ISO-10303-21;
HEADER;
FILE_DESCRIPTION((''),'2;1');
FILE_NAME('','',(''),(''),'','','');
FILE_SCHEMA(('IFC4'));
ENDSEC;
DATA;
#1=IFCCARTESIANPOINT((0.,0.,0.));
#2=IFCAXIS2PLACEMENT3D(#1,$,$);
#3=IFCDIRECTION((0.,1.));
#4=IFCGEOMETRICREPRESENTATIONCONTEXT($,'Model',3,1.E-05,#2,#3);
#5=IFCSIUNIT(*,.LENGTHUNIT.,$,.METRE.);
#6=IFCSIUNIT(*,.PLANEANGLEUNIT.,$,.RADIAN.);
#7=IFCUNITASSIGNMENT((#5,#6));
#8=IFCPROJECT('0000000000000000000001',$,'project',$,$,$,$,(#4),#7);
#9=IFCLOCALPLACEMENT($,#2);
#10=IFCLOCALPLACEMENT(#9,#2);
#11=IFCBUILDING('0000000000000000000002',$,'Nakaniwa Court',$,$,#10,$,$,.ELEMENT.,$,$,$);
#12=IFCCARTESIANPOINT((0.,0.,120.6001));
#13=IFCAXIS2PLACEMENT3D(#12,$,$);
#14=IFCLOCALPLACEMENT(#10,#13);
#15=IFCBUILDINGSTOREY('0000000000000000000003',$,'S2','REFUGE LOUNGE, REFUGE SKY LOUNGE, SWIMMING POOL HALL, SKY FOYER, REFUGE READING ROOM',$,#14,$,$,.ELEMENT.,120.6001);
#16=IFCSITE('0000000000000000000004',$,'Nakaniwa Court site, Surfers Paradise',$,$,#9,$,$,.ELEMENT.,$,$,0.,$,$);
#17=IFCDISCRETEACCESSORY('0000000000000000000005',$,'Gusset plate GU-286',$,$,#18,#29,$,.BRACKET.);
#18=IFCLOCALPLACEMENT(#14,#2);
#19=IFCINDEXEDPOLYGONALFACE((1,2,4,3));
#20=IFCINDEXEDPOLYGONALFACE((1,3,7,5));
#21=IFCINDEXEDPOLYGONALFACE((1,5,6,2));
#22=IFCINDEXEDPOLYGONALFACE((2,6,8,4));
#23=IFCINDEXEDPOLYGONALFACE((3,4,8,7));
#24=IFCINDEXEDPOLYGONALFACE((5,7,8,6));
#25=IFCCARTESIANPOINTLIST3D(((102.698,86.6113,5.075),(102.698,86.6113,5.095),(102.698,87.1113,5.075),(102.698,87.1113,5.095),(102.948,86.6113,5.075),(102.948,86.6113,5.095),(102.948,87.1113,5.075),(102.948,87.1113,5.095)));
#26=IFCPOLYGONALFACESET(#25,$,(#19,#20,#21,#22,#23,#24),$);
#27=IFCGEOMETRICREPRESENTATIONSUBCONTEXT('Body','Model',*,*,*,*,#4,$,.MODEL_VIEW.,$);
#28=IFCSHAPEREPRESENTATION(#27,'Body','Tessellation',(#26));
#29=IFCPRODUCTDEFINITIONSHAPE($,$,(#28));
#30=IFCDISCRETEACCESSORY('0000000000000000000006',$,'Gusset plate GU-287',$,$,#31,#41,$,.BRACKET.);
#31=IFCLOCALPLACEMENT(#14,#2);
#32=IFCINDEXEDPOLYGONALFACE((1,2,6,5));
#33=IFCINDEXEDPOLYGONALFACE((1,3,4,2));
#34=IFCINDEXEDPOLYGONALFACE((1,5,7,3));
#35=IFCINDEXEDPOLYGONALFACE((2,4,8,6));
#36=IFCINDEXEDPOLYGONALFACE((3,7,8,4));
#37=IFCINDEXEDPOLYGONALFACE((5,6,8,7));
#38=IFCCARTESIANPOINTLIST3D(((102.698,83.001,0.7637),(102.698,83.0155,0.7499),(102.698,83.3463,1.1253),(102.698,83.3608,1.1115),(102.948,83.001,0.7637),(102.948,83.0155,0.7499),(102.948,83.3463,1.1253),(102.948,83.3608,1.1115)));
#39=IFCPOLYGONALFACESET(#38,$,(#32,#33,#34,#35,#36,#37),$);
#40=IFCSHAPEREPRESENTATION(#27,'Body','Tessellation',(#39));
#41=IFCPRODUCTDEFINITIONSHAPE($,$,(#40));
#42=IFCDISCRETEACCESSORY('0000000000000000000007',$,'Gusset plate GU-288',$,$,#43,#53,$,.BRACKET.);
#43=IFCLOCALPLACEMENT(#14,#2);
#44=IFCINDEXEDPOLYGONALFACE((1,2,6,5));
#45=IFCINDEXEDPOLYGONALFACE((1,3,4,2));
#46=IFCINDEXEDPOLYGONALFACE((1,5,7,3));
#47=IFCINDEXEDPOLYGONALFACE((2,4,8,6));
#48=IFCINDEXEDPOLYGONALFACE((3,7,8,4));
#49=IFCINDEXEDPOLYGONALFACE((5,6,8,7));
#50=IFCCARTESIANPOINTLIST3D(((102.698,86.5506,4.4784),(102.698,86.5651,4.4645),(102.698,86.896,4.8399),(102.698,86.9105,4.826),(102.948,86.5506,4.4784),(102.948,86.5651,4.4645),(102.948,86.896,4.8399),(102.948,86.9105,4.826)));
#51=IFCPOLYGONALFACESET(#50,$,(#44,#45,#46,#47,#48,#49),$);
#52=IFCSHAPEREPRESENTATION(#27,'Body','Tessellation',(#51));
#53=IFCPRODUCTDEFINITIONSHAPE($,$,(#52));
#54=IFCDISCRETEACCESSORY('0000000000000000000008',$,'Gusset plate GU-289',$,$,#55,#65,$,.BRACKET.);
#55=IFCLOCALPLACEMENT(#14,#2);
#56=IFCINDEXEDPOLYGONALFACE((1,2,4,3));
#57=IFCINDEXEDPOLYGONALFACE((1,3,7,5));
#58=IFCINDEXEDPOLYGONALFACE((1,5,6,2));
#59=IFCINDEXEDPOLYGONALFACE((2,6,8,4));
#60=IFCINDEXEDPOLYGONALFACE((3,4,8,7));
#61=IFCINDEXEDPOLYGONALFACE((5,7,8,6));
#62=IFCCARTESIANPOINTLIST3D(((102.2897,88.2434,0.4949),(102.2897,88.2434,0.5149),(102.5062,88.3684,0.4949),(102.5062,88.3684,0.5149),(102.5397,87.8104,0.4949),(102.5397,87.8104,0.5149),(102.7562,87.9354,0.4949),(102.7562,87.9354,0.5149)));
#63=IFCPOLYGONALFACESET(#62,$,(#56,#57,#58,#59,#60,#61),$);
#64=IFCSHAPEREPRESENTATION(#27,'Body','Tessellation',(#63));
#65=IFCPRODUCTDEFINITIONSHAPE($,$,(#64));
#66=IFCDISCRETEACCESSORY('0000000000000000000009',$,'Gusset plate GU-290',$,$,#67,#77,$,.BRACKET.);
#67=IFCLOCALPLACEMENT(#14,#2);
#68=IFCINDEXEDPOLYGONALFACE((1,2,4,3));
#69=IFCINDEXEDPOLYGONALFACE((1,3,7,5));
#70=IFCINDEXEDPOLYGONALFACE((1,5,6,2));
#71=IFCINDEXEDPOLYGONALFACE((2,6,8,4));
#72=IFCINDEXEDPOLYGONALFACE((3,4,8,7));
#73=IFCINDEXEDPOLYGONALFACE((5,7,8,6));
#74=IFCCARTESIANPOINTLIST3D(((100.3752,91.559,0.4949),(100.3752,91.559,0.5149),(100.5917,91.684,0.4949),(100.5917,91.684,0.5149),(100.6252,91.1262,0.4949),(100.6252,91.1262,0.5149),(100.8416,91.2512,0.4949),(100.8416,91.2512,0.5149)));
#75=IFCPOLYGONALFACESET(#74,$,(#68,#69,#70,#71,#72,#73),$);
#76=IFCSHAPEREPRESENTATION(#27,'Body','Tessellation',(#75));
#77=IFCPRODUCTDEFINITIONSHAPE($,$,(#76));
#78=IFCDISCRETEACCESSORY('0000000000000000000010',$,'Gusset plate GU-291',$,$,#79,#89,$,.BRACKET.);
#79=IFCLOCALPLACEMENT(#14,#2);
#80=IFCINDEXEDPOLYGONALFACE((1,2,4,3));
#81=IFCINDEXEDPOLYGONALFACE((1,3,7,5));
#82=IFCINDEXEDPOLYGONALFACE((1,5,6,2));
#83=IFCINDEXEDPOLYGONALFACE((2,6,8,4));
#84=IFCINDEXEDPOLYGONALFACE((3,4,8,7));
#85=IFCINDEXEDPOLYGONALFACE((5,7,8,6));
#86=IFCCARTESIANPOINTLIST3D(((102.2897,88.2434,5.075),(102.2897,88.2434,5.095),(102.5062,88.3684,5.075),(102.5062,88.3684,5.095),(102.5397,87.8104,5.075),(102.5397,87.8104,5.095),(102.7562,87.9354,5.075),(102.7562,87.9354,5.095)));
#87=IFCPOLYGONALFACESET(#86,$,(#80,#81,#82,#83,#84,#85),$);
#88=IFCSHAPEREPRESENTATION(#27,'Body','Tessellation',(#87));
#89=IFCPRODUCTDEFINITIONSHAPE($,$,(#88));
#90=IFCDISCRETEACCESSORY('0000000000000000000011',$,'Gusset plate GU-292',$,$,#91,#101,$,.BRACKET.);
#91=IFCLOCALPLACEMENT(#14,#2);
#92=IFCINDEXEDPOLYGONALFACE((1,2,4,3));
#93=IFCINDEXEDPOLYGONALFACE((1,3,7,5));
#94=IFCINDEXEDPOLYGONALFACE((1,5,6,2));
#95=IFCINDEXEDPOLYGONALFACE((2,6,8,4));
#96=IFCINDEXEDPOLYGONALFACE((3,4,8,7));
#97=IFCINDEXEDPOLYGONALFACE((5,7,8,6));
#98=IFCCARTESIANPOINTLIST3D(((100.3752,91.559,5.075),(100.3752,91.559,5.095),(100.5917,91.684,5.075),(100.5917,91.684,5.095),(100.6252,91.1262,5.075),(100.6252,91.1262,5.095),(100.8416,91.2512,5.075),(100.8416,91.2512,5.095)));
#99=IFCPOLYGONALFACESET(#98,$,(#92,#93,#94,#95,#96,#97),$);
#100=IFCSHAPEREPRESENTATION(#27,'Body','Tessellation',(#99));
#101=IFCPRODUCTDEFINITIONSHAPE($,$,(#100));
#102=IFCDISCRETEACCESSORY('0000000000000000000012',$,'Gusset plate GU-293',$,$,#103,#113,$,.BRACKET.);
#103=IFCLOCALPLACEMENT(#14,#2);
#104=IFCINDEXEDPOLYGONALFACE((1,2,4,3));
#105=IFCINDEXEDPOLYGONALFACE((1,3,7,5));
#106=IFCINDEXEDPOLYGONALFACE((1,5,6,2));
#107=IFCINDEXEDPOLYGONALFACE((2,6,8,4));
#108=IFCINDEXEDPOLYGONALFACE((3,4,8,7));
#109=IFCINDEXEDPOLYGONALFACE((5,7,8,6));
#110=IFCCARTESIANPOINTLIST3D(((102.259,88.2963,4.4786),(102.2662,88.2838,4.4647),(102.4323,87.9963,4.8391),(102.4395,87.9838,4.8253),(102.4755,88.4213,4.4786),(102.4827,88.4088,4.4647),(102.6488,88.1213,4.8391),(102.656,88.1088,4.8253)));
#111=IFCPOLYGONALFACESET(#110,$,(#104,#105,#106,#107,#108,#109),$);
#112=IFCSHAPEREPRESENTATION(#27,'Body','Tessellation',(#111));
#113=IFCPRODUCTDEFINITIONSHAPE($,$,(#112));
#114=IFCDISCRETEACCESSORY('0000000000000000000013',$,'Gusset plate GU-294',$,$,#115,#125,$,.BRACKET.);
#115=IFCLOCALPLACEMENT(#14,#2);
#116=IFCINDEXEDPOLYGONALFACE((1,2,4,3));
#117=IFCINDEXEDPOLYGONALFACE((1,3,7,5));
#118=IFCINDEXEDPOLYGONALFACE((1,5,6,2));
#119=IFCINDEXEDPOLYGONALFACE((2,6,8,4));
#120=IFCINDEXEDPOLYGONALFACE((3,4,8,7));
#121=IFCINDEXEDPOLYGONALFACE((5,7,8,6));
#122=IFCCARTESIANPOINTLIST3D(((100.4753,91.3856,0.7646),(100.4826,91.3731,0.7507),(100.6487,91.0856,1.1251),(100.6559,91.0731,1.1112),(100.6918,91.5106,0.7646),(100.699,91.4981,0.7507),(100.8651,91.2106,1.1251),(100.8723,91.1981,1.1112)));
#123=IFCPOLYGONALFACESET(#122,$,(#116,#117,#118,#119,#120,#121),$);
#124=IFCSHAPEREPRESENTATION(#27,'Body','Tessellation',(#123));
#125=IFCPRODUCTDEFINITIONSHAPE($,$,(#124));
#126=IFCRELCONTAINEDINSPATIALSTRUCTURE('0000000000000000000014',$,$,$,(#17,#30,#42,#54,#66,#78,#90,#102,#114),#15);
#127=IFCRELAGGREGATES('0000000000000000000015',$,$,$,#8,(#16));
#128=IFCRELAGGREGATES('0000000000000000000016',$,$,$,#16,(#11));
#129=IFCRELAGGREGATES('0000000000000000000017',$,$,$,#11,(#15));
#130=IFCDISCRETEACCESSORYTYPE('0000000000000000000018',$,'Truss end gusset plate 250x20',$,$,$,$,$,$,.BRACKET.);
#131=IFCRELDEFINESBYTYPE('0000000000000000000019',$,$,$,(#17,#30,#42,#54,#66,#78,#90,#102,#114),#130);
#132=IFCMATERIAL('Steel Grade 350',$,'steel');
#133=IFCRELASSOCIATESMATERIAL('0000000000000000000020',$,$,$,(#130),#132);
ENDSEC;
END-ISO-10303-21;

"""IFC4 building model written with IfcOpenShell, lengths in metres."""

from ifc_helpers import new_model, si_unit, direction, frame, origin, origin_2d, place, context, subcontext, project, spatial, rectangle, extrude, material, material_profile, profile_set, type_object, element, save


model = new_model("IFC4")

# Units and contexts
model_context = context("Model", 3, precision=1e-05, world=origin(), true_north=direction((0.0, 1.0)))
body_context = subcontext(model_context, "Body", "Model", "MODEL_VIEW")
ifc_project = project(units=[si_unit("LENGTHUNIT", "METRE"), si_unit("PLANEANGLEUNIT", "RADIAN")], contexts=[model_context])

# Site, building, storey
site_placement = place(None, origin())
site = spatial("IfcSite", under=ifc_project, at=site_placement, Name="Nakaniwa Court site, Surfers Paradise", CompositionType="ELEMENT", RefElevation=0.0)
building_placement = place(site_placement, origin())
building = spatial("IfcBuilding", under=site, at=building_placement, Name="Nakaniwa Court", CompositionType="ELEMENT")
storey_placement = place(building_placement, frame((0.0, 0.0, 120.6001)))
storey = spatial("IfcBuildingStorey", under=building, at=storey_placement, Name="S2", Description="REFUGE LOUNGE, REFUGE SKY LOUNGE, SWIMMING POOL HALL, SKY FOYER, REFUGE READING ROOM", CompositionType="ELEMENT", Elevation=120.6001)

# Shared definitions
ifc_material_1 = material(Name="Steel Grade 350", Category="steel")

# Discrete accessories
ifc_material_profile_1 = material_profile(ifc_material_1, rectangle(XDim=0.25, YDim=0.02, at=origin_2d()), Name="Truss end gusset plate 250x20")
ifc_profile_set_1 = profile_set([ifc_material_profile_1], Name="Steel Grade 350")
discrete_accessory_type = type_object("IfcDiscreteAccessoryType", Name="Truss end gusset plate 250x20", PredefinedType="BRACKET", material=ifc_profile_set_1)
for number, where, z_axis, x_axis, name in (
    (1, (102.823, 86.6113, 5.085), (0.0, 1.0, 0.0), (-1.0, 0.0, 0.0), "Gusset plate GU-286"),
    (2, (102.823, 83.3535, 1.1184), (0.0, -0.690557, -0.723278), (1.0, 0.0, 0.0), "Gusset plate GU-287"),
    (3, (102.823, 86.5579, 4.4714), (0.0, 0.690812, 0.723034), (-1.0, 0.0, 0.0), "Gusset plate GU-288"),
    (4, (102.3979, 88.3059, 0.5049), (0.49992, -0.866072, 0.0), (0.866072, 0.49992, 0.0), "Gusset plate GU-289"),
):
    element("IfcDiscreteAccessory", number, at=place(storey_placement, frame(where, z_axis=z_axis, x_axis=x_axis)), inside=storey, type_object=discrete_accessory_type, Name=name, PredefinedType="BRACKET", context=body_context, shape_type="SweptSolid", body=[
        extrude(rectangle(XDim=0.25, YDim=0.02, at=origin_2d()), origin(), (0.0, 0.0, 1.0), 0.5),
    ])
discrete_accessory_1_placement = place(storey_placement, frame((100.7334, 91.1887, 0.5049), z_axis=(-0.500131, 0.86595, 0.0), x_axis=(-0.86595, -0.500131, 0.0)))
element("IfcDiscreteAccessory", 5, at=discrete_accessory_1_placement, inside=storey, type_object=discrete_accessory_type, Name="Gusset plate GU-290", PredefinedType="BRACKET", context=body_context, shape_type="SweptSolid", body=[
    extrude(rectangle(XDim=0.25, YDim=0.02, at=origin_2d()), origin(), (0.0, 0.0, 1.0), 0.4998),
])
discrete_accessory_2_placement = place(storey_placement, frame((102.3979, 88.3059, 5.085), z_axis=(0.49992, -0.866072, 0.0), x_axis=(0.866072, 0.49992, 0.0)))
element("IfcDiscreteAccessory", 6, at=discrete_accessory_2_placement, inside=storey, type_object=discrete_accessory_type, Name="Gusset plate GU-291", PredefinedType="BRACKET", context=body_context, shape_type="SweptSolid", body=[
    extrude(rectangle(XDim=0.25, YDim=0.02, at=origin_2d()), origin(), (0.0, 0.0, 1.0), 0.5),
])
discrete_accessory_3_placement = place(storey_placement, frame((100.7334, 91.1887, 5.085), z_axis=(-0.500131, 0.86595, 0.0), x_axis=(-0.86595, -0.500131, 0.0)))
element("IfcDiscreteAccessory", 7, at=discrete_accessory_3_placement, inside=storey, type_object=discrete_accessory_type, Name="Gusset plate GU-292", PredefinedType="BRACKET", context=body_context, shape_type="SweptSolid", body=[
    extrude(rectangle(XDim=0.25, YDim=0.02, at=origin_2d()), origin(), (0.0, 0.0, 1.0), 0.4998),
])
for number, where, z_axis, x_axis, name in (
    (8, (102.3708, 88.3525, 4.4717), (0.346607, -0.599971, 0.72104), (0.865892, 0.500231, 0.0), "Gusset plate GU-293"),
    (9, (100.7605, 91.1418, 1.1182), (-0.346607, 0.599971, -0.72104), (-0.865892, -0.500231, 0.0), "Gusset plate GU-294"),
):
    element("IfcDiscreteAccessory", number, at=place(storey_placement, frame(where, z_axis=z_axis, x_axis=x_axis)), inside=storey, type_object=discrete_accessory_type, Name=name, PredefinedType="BRACKET", context=body_context, shape_type="SweptSolid", body=[
        extrude(rectangle(XDim=0.25, YDim=0.02, at=origin_2d()), origin(), (0.0, 0.0, 1.0), 0.5),
    ])

save(model, "model.ifc")
